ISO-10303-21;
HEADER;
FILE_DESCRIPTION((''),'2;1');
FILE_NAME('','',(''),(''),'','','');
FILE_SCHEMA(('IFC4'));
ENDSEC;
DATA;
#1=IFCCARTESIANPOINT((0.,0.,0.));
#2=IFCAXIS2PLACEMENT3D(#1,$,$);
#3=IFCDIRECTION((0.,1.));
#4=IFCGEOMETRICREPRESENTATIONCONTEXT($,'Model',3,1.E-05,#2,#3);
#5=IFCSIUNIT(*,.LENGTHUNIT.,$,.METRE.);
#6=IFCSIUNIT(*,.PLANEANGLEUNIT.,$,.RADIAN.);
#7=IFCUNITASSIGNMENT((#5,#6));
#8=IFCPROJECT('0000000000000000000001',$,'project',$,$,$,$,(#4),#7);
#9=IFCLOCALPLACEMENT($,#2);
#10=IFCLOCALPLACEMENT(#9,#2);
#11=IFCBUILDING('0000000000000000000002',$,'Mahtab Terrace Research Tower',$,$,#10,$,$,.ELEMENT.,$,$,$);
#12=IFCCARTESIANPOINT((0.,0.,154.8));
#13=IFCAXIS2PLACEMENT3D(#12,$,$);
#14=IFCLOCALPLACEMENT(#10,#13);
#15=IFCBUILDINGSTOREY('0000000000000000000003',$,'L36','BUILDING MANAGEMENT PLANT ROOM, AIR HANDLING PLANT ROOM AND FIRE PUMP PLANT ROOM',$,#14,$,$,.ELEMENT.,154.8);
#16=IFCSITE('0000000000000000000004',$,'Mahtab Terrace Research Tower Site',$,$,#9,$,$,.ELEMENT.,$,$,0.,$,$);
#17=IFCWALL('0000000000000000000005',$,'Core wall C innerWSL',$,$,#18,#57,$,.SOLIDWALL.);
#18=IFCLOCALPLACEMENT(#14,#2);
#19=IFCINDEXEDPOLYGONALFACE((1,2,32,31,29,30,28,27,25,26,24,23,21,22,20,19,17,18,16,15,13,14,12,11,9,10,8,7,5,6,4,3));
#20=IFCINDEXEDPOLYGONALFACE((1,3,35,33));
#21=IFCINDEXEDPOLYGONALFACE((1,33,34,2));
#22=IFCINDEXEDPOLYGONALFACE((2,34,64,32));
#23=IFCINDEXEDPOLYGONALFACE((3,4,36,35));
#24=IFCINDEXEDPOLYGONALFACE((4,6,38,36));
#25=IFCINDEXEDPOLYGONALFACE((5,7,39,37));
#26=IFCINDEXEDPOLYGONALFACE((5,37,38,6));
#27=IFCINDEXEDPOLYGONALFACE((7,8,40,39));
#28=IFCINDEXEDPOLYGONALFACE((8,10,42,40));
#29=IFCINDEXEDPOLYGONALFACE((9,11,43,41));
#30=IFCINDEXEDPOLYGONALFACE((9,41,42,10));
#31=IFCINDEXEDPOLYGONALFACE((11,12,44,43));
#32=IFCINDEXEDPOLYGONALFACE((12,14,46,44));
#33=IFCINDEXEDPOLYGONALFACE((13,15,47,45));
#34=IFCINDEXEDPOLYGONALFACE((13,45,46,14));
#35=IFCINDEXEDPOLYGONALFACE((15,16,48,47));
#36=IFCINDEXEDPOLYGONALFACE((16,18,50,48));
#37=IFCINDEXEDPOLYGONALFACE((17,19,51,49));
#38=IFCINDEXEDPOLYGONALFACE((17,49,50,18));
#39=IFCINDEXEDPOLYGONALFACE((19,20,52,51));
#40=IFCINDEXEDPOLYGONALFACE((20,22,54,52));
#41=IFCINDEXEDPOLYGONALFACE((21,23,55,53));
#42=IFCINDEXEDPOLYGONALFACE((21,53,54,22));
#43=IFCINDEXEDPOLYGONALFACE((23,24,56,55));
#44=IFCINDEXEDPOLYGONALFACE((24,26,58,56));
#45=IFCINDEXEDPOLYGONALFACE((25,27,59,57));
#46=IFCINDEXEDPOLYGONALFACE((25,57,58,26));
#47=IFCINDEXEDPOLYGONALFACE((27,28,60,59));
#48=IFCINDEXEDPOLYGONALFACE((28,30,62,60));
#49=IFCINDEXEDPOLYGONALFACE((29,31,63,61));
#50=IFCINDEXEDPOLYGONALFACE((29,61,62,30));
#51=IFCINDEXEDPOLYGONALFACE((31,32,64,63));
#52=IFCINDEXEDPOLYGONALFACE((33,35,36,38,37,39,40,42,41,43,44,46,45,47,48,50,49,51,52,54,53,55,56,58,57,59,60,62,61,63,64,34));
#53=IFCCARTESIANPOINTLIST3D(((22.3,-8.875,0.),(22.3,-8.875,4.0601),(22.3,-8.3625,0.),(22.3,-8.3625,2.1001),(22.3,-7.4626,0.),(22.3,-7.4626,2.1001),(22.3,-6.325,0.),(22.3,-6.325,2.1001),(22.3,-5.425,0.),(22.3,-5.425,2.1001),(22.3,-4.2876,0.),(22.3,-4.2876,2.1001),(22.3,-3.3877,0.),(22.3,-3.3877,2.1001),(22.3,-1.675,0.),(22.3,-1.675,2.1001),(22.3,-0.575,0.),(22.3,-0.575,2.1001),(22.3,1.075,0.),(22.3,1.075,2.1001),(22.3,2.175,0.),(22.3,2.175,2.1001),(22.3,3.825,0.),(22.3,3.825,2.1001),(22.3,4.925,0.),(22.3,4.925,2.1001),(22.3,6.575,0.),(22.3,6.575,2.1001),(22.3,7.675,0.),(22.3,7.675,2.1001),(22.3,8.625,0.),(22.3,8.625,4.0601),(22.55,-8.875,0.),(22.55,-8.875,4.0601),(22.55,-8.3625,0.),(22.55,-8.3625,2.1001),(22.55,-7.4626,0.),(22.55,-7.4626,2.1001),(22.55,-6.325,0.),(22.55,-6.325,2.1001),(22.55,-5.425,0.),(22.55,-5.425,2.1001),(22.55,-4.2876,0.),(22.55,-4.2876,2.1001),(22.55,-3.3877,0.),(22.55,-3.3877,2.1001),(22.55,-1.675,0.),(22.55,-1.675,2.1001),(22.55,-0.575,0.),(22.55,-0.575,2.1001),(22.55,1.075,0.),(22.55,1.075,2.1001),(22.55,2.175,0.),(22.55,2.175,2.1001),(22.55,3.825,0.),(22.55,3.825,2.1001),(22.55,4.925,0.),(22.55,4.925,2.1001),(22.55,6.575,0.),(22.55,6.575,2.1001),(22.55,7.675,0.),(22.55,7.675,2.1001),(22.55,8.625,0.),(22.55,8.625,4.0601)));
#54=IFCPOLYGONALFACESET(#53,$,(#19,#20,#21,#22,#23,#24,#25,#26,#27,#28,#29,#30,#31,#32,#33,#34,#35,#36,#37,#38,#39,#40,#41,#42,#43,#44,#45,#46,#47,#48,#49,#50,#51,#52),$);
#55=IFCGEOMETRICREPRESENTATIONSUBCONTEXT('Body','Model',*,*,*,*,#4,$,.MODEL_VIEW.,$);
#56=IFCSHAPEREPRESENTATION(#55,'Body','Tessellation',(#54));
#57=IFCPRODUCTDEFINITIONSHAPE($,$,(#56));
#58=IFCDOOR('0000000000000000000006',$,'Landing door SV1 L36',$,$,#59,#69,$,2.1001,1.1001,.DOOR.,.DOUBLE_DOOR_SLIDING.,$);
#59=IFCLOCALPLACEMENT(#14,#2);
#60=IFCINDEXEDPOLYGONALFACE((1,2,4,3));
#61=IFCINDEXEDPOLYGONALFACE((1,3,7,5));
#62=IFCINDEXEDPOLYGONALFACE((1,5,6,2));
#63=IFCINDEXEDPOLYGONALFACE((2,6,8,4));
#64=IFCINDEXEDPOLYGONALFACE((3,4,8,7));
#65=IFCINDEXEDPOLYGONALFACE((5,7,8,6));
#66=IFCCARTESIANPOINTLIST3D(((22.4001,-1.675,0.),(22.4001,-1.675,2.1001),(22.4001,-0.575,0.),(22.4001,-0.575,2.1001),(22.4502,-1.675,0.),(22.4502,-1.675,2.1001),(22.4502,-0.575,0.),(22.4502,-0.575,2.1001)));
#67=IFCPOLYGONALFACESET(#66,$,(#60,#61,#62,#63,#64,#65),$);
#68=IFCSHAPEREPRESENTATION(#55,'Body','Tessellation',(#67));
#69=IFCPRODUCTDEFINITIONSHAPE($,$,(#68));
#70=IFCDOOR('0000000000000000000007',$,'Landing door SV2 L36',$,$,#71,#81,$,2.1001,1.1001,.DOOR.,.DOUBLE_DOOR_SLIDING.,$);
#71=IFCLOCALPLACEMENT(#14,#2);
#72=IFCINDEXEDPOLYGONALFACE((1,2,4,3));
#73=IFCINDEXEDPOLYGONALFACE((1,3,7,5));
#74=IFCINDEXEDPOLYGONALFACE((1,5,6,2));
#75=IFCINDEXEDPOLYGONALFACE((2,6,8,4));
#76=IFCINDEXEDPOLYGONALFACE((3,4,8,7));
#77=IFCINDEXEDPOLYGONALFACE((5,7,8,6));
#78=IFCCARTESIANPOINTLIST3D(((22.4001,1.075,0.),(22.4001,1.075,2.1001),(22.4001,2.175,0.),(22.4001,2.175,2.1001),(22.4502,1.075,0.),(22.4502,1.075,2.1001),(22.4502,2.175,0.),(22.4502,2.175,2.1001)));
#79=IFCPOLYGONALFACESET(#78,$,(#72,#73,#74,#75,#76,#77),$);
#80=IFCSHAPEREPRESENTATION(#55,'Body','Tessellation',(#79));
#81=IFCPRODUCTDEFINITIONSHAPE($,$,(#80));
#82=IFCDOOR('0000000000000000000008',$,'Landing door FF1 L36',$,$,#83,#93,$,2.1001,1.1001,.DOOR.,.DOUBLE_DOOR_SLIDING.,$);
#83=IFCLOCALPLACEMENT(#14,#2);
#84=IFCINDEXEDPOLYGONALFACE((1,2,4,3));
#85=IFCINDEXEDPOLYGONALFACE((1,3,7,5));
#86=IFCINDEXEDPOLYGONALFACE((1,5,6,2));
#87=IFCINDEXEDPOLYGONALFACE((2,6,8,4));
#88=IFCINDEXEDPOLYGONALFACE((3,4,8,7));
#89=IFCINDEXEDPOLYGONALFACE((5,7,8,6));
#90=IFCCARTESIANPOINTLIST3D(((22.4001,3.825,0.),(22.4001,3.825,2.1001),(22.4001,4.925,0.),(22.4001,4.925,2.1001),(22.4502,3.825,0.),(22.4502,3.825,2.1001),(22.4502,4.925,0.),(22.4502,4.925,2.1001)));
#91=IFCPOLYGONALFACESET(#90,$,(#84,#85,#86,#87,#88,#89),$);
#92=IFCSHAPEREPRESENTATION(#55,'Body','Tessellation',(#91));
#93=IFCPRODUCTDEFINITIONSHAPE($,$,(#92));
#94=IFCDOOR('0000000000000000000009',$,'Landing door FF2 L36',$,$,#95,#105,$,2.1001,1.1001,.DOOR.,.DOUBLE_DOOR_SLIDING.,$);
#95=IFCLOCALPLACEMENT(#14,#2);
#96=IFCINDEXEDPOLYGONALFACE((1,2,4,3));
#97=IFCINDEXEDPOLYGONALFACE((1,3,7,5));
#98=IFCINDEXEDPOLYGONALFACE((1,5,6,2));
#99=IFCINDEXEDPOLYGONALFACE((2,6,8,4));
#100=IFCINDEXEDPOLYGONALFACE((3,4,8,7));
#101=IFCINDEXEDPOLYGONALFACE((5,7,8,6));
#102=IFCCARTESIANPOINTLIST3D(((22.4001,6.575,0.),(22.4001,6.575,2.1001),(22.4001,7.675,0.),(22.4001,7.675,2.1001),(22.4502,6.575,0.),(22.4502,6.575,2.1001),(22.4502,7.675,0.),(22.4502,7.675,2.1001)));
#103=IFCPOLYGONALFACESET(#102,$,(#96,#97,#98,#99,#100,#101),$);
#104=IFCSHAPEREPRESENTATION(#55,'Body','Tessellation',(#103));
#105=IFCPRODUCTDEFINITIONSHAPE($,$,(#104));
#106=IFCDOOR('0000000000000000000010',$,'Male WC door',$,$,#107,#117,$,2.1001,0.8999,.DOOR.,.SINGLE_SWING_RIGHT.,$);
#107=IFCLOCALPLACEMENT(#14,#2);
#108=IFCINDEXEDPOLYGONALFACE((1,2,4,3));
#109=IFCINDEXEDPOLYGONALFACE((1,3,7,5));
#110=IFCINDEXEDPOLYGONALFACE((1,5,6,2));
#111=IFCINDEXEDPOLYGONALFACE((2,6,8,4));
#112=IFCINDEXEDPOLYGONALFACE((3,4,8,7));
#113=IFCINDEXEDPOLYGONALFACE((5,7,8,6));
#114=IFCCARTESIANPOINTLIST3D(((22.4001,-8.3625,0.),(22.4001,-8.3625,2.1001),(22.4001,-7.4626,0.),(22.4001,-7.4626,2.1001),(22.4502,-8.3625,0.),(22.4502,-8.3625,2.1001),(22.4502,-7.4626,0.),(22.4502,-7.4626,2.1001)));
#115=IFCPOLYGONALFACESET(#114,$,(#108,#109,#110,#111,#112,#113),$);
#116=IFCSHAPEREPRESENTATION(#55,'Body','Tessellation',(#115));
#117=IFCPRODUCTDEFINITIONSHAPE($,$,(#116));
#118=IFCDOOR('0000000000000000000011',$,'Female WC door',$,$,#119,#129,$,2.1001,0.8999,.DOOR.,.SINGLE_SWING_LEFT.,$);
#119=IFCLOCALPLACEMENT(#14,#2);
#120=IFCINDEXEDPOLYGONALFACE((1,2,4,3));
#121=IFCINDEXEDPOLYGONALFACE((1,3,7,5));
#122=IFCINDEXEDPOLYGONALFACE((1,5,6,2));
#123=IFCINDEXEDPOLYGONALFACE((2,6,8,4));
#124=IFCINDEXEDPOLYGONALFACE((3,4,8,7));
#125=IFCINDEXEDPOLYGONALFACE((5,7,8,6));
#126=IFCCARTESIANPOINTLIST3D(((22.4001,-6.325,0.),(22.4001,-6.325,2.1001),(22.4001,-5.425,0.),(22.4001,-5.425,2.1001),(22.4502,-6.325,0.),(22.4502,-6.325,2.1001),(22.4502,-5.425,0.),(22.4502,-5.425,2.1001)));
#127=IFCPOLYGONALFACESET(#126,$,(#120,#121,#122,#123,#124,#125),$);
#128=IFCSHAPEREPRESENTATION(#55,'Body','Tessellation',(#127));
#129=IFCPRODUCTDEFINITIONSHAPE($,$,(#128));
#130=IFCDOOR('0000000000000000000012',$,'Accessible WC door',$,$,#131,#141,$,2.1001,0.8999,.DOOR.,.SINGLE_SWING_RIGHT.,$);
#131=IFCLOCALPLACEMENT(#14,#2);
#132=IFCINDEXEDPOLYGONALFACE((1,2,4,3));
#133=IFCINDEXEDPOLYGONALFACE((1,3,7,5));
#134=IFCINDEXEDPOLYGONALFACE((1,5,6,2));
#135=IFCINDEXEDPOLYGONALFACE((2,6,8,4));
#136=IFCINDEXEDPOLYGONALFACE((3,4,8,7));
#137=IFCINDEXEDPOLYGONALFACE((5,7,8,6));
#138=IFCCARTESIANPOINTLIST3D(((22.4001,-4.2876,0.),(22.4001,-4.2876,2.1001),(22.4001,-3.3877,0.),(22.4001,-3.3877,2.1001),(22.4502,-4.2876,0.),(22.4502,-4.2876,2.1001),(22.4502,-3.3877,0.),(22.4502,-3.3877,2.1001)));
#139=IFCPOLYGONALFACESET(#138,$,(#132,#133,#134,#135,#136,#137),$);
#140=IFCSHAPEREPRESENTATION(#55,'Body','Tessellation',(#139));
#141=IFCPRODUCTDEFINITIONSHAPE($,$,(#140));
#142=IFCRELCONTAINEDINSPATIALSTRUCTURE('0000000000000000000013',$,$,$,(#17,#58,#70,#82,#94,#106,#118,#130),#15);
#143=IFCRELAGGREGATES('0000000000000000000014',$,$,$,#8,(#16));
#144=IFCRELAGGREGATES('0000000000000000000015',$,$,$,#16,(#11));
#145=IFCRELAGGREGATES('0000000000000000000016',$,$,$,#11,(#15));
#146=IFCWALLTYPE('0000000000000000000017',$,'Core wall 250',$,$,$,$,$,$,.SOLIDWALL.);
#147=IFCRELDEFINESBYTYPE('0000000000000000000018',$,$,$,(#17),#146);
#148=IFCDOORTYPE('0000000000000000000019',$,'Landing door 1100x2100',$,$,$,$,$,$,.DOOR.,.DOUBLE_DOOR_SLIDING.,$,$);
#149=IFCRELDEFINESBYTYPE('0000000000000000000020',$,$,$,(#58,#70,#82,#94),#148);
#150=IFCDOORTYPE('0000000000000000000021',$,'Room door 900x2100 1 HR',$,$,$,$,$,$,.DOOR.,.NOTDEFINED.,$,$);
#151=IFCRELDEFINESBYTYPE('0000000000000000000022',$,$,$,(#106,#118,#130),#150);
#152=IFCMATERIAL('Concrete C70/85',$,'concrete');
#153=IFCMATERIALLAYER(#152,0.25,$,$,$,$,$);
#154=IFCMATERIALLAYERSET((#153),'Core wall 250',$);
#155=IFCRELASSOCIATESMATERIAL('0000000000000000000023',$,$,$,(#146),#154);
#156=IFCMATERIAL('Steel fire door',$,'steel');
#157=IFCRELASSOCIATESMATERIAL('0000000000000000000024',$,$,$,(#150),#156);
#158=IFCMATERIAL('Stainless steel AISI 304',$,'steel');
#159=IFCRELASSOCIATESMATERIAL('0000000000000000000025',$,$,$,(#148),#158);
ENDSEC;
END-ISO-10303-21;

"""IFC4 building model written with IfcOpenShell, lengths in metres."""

from ifc_helpers import new_model, si_unit, direction, frame, frame_2d, origin, place, context, subcontext, project, spatial, rectangle, extrude, material, layer, layer_set, type_object, element, fill, save


model = new_model("IFC4")

# Units and contexts
model_context = context("Model", 3, precision=1e-05, world=origin(), true_north=direction((0.0, 1.0)))
body_context = subcontext(model_context, "Body", "Model", "MODEL_VIEW")
ifc_project = project(units=[si_unit("LENGTHUNIT", "METRE"), si_unit("PLANEANGLEUNIT", "RADIAN")], contexts=[model_context])

# Site, building, storey
site_placement = place(None, origin())
site = spatial("IfcSite", under=ifc_project, at=site_placement, Name="Mahtab Terrace Research Tower Site", CompositionType="ELEMENT", RefElevation=0.0)
building_placement = place(site_placement, origin())
building = spatial("IfcBuilding", under=site, at=building_placement, Name="Mahtab Terrace Research Tower", CompositionType="ELEMENT")
storey_placement = place(building_placement, frame((0.0, 0.0, 154.8)))
storey = spatial("IfcBuildingStorey", under=building, at=storey_placement, Name="L36", Description="BUILDING MANAGEMENT PLANT ROOM, AIR HANDLING PLANT ROOM AND FIRE PUMP PLANT ROOM", CompositionType="ELEMENT", Elevation=154.8)

# Shared definitions
ifc_material_1 = material(Name="Concrete C70/85", Category="concrete")

# Shared definitions
ifc_layer_1 = layer(ifc_material_1, 0.25)
ifc_layer_set_1 = layer_set([ifc_layer_1], Name="Core wall 250")
wall_type_1 = type_object("IfcWallType", Name="Core wall 250", PredefinedType="SOLIDWALL", material=ifc_layer_set_1)
ifc_material_2 = material(Name="Steel fire door", Category="steel")
door_type_1 = type_object("IfcDoorType", Name="Room door 900x2100 1 HR", OperationType="NOTDEFINED", PredefinedType="DOOR", material=ifc_material_2)

# Wall, openings, doors
wall_1_placement = place(storey_placement, frame((22.425, -8.875, 0.0), z_axis=(0.0, 0.0, 1.0), x_axis=(0.0, 1.0, 0.0)))
wall_1 = element("IfcWall", 1, at=wall_1_placement, inside=storey, type_object=wall_type_1, Name="Core wall C innerWSL", PredefinedType="SOLIDWALL", context=body_context, shape_type="SweptSolid", body=[
    extrude(rectangle(XDim=17.5, YDim=0.25, at=frame_2d((8.75, 0.0))), origin(), (0.0, 0.0, 1.0), 4.0601),
])
opening_1_placement = place(wall_1_placement, frame((7.2, 0.0, 0.0)))
opening_1 = element("IfcOpeningElement", 2, at=opening_1_placement, cuts=wall_1, PredefinedType="OPENING", context=body_context, shape_type="SweptSolid", body=[
    extrude(rectangle(XDim=1.1001, YDim=2.1001, at=frame_2d((0.55, 1.05))), frame((0.0, 0.135, 0.0), z_axis=(0.0, -1.0, 0.0), x_axis=(1.0, 0.0, 0.0)), (0.0, 0.0, 1.0), 0.27),
])
opening_2_placement = place(wall_1_placement, frame((9.95, 0.0, 0.0)))
opening_2 = element("IfcOpeningElement", 3, at=opening_2_placement, cuts=wall_1, PredefinedType="OPENING", context=body_context, shape_type="SweptSolid", body=[
    extrude(rectangle(XDim=1.1001, YDim=2.1001, at=frame_2d((0.55, 1.05))), frame((0.0, 0.135, 0.0), z_axis=(0.0, -1.0, 0.0), x_axis=(1.0, 0.0, 0.0)), (0.0, 0.0, 1.0), 0.27),
])
opening_3_placement = place(wall_1_placement, frame((12.7, 0.0, 0.0)))
opening_3 = element("IfcOpeningElement", 4, at=opening_3_placement, cuts=wall_1, PredefinedType="OPENING", context=body_context, shape_type="SweptSolid", body=[
    extrude(rectangle(XDim=1.1001, YDim=2.1001, at=frame_2d((0.55, 1.05))), frame((0.0, 0.135, 0.0), z_axis=(0.0, -1.0, 0.0), x_axis=(1.0, 0.0, 0.0)), (0.0, 0.0, 1.0), 0.27),
])
opening_4_placement = place(wall_1_placement, frame((15.45, 0.0, 0.0)))
opening_4 = element("IfcOpeningElement", 5, at=opening_4_placement, cuts=wall_1, PredefinedType="OPENING", context=body_context, shape_type="SweptSolid", body=[
    extrude(rectangle(XDim=1.1001, YDim=2.1001, at=frame_2d((0.55, 1.05))), frame((0.0, 0.135, 0.0), z_axis=(0.0, -1.0, 0.0), x_axis=(1.0, 0.0, 0.0)), (0.0, 0.0, 1.0), 0.27),
])
opening_5_placement = place(wall_1_placement, frame((0.5125, 0.0, 0.0)))
opening_5 = element("IfcOpeningElement", 6, at=opening_5_placement, cuts=wall_1, PredefinedType="OPENING", context=body_context, shape_type="SweptSolid", body=[
    extrude(rectangle(XDim=0.8999, YDim=2.1001, at=frame_2d((0.45, 1.05))), frame((0.0, 0.135, 0.0), z_axis=(0.0, -1.0, 0.0), x_axis=(1.0, 0.0, 0.0)), (0.0, 0.0, 1.0), 0.27),
])
opening_6_placement = place(wall_1_placement, frame((2.55, 0.0, 0.0)))
opening_6 = element("IfcOpeningElement", 7, at=opening_6_placement, cuts=wall_1, PredefinedType="OPENING", context=body_context, shape_type="SweptSolid", body=[
    extrude(rectangle(XDim=0.8999, YDim=2.1001, at=frame_2d((0.45, 1.05))), frame((0.0, 0.135, 0.0), z_axis=(0.0, -1.0, 0.0), x_axis=(1.0, 0.0, 0.0)), (0.0, 0.0, 1.0), 0.27),
])
opening_7_placement = place(wall_1_placement, frame((4.5874, 0.0, 0.0)))
opening_7 = element("IfcOpeningElement", 8, at=opening_7_placement, cuts=wall_1, PredefinedType="OPENING", context=body_context, shape_type="SweptSolid", body=[
    extrude(rectangle(XDim=0.8999, YDim=2.1001, at=frame_2d((0.45, 1.05))), frame((0.0, 0.135, 0.0), z_axis=(0.0, -1.0, 0.0), x_axis=(1.0, 0.0, 0.0)), (0.0, 0.0, 1.0), 0.27),
])
ifc_material_3 = material(Name="Stainless steel AISI 304", Category="steel")
door_type_2 = type_object("IfcDoorType", Name="Landing door 1100x2100", OperationType="DOUBLE_DOOR_SLIDING", PredefinedType="DOOR", material=ifc_material_3)
door_1_placement = place(opening_1_placement, origin())
door_1 = element("IfcDoor", 9, at=door_1_placement, inside=storey, type_object=door_type_2, Name="Landing door SV1 L36", OperationType="DOUBLE_DOOR_SLIDING", OverallHeight=2.1001, OverallWidth=1.1001, PredefinedType="DOOR", context=body_context, shape_type="SweptSolid", body=[
    extrude(rectangle(XDim=1.1001, YDim=2.1001, at=frame_2d((0.55, 1.05))), frame((0.0, 0.0249, 0.0), z_axis=(0.0, -1.0, 0.0), x_axis=(1.0, 0.0, 0.0)), (0.0, 0.0, 1.0), 0.05),
])
fill(opening_1, door_1)
door_2_placement = place(opening_2_placement, origin())
door_2 = element("IfcDoor", 10, at=door_2_placement, inside=storey, type_object=door_type_2, Name="Landing door SV2 L36", OperationType="DOUBLE_DOOR_SLIDING", OverallHeight=2.1001, OverallWidth=1.1001, PredefinedType="DOOR", context=body_context, shape_type="SweptSolid", body=[
    extrude(rectangle(XDim=1.1001, YDim=2.1001, at=frame_2d((0.55, 1.05))), frame((0.0, 0.0249, 0.0), z_axis=(0.0, -1.0, 0.0), x_axis=(1.0, 0.0, 0.0)), (0.0, 0.0, 1.0), 0.05),
])
fill(opening_2, door_2)
door_3_placement = place(opening_3_placement, origin())
door_3 = element("IfcDoor", 11, at=door_3_placement, inside=storey, type_object=door_type_2, Name="Landing door FF1 L36", OperationType="DOUBLE_DOOR_SLIDING", OverallHeight=2.1001, OverallWidth=1.1001, PredefinedType="DOOR", context=body_context, shape_type="SweptSolid", body=[
    extrude(rectangle(XDim=1.1001, YDim=2.1001, at=frame_2d((0.55, 1.05))), frame((0.0, 0.0249, 0.0), z_axis=(0.0, -1.0, 0.0), x_axis=(1.0, 0.0, 0.0)), (0.0, 0.0, 1.0), 0.05),
])
fill(opening_3, door_3)
door_4_placement = place(opening_4_placement, origin())
door_4 = element("IfcDoor", 12, at=door_4_placement, inside=storey, type_object=door_type_2, Name="Landing door FF2 L36", OperationType="DOUBLE_DOOR_SLIDING", OverallHeight=2.1001, OverallWidth=1.1001, PredefinedType="DOOR", context=body_context, shape_type="SweptSolid", body=[
    extrude(rectangle(XDim=1.1001, YDim=2.1001, at=frame_2d((0.55, 1.05))), frame((0.0, 0.0249, 0.0), z_axis=(0.0, -1.0, 0.0), x_axis=(1.0, 0.0, 0.0)), (0.0, 0.0, 1.0), 0.05),
])
fill(opening_4, door_4)
door_5_placement = place(opening_5_placement, origin())
door_5 = element("IfcDoor", 13, at=door_5_placement, inside=storey, type_object=door_type_1, Name="Male WC door", OperationType="SINGLE_SWING_RIGHT", OverallHeight=2.1001, OverallWidth=0.8999, PredefinedType="DOOR", context=body_context, shape_type="SweptSolid", body=[
    extrude(rectangle(XDim=0.8999, YDim=2.1001, at=frame_2d((0.45, 1.05))), frame((0.0, 0.0249, 0.0), z_axis=(0.0, -1.0, 0.0), x_axis=(1.0, 0.0, 0.0)), (0.0, 0.0, 1.0), 0.05),
])
fill(opening_5, door_5)
door_6_placement = place(opening_6_placement, origin())
door_6 = element("IfcDoor", 14, at=door_6_placement, inside=storey, type_object=door_type_1, Name="Female WC door", OperationType="SINGLE_SWING_LEFT", OverallHeight=2.1001, OverallWidth=0.8999, PredefinedType="DOOR", context=body_context, shape_type="SweptSolid", body=[
    extrude(rectangle(XDim=0.8999, YDim=2.1001, at=frame_2d((0.45, 1.05))), frame((0.0, 0.0249, 0.0), z_axis=(0.0, -1.0, 0.0), x_axis=(1.0, 0.0, 0.0)), (0.0, 0.0, 1.0), 0.05),
])
fill(opening_6, door_6)
door_7_placement = place(opening_7_placement, origin())
door_7 = element("IfcDoor", 15, at=door_7_placement, inside=storey, type_object=door_type_1, Name="Accessible WC door", OperationType="SINGLE_SWING_RIGHT", OverallHeight=2.1001, OverallWidth=0.8999, PredefinedType="DOOR", context=body_context, shape_type="SweptSolid", body=[
    extrude(rectangle(XDim=0.8999, YDim=2.1001, at=frame_2d((0.45, 1.05))), frame((0.0, 0.0249, 0.0), z_axis=(0.0, -1.0, 0.0), x_axis=(1.0, 0.0, 0.0)), (0.0, 0.0, 1.0), 0.05),
])
fill(opening_7, door_7)

save(model, "model.ifc")
